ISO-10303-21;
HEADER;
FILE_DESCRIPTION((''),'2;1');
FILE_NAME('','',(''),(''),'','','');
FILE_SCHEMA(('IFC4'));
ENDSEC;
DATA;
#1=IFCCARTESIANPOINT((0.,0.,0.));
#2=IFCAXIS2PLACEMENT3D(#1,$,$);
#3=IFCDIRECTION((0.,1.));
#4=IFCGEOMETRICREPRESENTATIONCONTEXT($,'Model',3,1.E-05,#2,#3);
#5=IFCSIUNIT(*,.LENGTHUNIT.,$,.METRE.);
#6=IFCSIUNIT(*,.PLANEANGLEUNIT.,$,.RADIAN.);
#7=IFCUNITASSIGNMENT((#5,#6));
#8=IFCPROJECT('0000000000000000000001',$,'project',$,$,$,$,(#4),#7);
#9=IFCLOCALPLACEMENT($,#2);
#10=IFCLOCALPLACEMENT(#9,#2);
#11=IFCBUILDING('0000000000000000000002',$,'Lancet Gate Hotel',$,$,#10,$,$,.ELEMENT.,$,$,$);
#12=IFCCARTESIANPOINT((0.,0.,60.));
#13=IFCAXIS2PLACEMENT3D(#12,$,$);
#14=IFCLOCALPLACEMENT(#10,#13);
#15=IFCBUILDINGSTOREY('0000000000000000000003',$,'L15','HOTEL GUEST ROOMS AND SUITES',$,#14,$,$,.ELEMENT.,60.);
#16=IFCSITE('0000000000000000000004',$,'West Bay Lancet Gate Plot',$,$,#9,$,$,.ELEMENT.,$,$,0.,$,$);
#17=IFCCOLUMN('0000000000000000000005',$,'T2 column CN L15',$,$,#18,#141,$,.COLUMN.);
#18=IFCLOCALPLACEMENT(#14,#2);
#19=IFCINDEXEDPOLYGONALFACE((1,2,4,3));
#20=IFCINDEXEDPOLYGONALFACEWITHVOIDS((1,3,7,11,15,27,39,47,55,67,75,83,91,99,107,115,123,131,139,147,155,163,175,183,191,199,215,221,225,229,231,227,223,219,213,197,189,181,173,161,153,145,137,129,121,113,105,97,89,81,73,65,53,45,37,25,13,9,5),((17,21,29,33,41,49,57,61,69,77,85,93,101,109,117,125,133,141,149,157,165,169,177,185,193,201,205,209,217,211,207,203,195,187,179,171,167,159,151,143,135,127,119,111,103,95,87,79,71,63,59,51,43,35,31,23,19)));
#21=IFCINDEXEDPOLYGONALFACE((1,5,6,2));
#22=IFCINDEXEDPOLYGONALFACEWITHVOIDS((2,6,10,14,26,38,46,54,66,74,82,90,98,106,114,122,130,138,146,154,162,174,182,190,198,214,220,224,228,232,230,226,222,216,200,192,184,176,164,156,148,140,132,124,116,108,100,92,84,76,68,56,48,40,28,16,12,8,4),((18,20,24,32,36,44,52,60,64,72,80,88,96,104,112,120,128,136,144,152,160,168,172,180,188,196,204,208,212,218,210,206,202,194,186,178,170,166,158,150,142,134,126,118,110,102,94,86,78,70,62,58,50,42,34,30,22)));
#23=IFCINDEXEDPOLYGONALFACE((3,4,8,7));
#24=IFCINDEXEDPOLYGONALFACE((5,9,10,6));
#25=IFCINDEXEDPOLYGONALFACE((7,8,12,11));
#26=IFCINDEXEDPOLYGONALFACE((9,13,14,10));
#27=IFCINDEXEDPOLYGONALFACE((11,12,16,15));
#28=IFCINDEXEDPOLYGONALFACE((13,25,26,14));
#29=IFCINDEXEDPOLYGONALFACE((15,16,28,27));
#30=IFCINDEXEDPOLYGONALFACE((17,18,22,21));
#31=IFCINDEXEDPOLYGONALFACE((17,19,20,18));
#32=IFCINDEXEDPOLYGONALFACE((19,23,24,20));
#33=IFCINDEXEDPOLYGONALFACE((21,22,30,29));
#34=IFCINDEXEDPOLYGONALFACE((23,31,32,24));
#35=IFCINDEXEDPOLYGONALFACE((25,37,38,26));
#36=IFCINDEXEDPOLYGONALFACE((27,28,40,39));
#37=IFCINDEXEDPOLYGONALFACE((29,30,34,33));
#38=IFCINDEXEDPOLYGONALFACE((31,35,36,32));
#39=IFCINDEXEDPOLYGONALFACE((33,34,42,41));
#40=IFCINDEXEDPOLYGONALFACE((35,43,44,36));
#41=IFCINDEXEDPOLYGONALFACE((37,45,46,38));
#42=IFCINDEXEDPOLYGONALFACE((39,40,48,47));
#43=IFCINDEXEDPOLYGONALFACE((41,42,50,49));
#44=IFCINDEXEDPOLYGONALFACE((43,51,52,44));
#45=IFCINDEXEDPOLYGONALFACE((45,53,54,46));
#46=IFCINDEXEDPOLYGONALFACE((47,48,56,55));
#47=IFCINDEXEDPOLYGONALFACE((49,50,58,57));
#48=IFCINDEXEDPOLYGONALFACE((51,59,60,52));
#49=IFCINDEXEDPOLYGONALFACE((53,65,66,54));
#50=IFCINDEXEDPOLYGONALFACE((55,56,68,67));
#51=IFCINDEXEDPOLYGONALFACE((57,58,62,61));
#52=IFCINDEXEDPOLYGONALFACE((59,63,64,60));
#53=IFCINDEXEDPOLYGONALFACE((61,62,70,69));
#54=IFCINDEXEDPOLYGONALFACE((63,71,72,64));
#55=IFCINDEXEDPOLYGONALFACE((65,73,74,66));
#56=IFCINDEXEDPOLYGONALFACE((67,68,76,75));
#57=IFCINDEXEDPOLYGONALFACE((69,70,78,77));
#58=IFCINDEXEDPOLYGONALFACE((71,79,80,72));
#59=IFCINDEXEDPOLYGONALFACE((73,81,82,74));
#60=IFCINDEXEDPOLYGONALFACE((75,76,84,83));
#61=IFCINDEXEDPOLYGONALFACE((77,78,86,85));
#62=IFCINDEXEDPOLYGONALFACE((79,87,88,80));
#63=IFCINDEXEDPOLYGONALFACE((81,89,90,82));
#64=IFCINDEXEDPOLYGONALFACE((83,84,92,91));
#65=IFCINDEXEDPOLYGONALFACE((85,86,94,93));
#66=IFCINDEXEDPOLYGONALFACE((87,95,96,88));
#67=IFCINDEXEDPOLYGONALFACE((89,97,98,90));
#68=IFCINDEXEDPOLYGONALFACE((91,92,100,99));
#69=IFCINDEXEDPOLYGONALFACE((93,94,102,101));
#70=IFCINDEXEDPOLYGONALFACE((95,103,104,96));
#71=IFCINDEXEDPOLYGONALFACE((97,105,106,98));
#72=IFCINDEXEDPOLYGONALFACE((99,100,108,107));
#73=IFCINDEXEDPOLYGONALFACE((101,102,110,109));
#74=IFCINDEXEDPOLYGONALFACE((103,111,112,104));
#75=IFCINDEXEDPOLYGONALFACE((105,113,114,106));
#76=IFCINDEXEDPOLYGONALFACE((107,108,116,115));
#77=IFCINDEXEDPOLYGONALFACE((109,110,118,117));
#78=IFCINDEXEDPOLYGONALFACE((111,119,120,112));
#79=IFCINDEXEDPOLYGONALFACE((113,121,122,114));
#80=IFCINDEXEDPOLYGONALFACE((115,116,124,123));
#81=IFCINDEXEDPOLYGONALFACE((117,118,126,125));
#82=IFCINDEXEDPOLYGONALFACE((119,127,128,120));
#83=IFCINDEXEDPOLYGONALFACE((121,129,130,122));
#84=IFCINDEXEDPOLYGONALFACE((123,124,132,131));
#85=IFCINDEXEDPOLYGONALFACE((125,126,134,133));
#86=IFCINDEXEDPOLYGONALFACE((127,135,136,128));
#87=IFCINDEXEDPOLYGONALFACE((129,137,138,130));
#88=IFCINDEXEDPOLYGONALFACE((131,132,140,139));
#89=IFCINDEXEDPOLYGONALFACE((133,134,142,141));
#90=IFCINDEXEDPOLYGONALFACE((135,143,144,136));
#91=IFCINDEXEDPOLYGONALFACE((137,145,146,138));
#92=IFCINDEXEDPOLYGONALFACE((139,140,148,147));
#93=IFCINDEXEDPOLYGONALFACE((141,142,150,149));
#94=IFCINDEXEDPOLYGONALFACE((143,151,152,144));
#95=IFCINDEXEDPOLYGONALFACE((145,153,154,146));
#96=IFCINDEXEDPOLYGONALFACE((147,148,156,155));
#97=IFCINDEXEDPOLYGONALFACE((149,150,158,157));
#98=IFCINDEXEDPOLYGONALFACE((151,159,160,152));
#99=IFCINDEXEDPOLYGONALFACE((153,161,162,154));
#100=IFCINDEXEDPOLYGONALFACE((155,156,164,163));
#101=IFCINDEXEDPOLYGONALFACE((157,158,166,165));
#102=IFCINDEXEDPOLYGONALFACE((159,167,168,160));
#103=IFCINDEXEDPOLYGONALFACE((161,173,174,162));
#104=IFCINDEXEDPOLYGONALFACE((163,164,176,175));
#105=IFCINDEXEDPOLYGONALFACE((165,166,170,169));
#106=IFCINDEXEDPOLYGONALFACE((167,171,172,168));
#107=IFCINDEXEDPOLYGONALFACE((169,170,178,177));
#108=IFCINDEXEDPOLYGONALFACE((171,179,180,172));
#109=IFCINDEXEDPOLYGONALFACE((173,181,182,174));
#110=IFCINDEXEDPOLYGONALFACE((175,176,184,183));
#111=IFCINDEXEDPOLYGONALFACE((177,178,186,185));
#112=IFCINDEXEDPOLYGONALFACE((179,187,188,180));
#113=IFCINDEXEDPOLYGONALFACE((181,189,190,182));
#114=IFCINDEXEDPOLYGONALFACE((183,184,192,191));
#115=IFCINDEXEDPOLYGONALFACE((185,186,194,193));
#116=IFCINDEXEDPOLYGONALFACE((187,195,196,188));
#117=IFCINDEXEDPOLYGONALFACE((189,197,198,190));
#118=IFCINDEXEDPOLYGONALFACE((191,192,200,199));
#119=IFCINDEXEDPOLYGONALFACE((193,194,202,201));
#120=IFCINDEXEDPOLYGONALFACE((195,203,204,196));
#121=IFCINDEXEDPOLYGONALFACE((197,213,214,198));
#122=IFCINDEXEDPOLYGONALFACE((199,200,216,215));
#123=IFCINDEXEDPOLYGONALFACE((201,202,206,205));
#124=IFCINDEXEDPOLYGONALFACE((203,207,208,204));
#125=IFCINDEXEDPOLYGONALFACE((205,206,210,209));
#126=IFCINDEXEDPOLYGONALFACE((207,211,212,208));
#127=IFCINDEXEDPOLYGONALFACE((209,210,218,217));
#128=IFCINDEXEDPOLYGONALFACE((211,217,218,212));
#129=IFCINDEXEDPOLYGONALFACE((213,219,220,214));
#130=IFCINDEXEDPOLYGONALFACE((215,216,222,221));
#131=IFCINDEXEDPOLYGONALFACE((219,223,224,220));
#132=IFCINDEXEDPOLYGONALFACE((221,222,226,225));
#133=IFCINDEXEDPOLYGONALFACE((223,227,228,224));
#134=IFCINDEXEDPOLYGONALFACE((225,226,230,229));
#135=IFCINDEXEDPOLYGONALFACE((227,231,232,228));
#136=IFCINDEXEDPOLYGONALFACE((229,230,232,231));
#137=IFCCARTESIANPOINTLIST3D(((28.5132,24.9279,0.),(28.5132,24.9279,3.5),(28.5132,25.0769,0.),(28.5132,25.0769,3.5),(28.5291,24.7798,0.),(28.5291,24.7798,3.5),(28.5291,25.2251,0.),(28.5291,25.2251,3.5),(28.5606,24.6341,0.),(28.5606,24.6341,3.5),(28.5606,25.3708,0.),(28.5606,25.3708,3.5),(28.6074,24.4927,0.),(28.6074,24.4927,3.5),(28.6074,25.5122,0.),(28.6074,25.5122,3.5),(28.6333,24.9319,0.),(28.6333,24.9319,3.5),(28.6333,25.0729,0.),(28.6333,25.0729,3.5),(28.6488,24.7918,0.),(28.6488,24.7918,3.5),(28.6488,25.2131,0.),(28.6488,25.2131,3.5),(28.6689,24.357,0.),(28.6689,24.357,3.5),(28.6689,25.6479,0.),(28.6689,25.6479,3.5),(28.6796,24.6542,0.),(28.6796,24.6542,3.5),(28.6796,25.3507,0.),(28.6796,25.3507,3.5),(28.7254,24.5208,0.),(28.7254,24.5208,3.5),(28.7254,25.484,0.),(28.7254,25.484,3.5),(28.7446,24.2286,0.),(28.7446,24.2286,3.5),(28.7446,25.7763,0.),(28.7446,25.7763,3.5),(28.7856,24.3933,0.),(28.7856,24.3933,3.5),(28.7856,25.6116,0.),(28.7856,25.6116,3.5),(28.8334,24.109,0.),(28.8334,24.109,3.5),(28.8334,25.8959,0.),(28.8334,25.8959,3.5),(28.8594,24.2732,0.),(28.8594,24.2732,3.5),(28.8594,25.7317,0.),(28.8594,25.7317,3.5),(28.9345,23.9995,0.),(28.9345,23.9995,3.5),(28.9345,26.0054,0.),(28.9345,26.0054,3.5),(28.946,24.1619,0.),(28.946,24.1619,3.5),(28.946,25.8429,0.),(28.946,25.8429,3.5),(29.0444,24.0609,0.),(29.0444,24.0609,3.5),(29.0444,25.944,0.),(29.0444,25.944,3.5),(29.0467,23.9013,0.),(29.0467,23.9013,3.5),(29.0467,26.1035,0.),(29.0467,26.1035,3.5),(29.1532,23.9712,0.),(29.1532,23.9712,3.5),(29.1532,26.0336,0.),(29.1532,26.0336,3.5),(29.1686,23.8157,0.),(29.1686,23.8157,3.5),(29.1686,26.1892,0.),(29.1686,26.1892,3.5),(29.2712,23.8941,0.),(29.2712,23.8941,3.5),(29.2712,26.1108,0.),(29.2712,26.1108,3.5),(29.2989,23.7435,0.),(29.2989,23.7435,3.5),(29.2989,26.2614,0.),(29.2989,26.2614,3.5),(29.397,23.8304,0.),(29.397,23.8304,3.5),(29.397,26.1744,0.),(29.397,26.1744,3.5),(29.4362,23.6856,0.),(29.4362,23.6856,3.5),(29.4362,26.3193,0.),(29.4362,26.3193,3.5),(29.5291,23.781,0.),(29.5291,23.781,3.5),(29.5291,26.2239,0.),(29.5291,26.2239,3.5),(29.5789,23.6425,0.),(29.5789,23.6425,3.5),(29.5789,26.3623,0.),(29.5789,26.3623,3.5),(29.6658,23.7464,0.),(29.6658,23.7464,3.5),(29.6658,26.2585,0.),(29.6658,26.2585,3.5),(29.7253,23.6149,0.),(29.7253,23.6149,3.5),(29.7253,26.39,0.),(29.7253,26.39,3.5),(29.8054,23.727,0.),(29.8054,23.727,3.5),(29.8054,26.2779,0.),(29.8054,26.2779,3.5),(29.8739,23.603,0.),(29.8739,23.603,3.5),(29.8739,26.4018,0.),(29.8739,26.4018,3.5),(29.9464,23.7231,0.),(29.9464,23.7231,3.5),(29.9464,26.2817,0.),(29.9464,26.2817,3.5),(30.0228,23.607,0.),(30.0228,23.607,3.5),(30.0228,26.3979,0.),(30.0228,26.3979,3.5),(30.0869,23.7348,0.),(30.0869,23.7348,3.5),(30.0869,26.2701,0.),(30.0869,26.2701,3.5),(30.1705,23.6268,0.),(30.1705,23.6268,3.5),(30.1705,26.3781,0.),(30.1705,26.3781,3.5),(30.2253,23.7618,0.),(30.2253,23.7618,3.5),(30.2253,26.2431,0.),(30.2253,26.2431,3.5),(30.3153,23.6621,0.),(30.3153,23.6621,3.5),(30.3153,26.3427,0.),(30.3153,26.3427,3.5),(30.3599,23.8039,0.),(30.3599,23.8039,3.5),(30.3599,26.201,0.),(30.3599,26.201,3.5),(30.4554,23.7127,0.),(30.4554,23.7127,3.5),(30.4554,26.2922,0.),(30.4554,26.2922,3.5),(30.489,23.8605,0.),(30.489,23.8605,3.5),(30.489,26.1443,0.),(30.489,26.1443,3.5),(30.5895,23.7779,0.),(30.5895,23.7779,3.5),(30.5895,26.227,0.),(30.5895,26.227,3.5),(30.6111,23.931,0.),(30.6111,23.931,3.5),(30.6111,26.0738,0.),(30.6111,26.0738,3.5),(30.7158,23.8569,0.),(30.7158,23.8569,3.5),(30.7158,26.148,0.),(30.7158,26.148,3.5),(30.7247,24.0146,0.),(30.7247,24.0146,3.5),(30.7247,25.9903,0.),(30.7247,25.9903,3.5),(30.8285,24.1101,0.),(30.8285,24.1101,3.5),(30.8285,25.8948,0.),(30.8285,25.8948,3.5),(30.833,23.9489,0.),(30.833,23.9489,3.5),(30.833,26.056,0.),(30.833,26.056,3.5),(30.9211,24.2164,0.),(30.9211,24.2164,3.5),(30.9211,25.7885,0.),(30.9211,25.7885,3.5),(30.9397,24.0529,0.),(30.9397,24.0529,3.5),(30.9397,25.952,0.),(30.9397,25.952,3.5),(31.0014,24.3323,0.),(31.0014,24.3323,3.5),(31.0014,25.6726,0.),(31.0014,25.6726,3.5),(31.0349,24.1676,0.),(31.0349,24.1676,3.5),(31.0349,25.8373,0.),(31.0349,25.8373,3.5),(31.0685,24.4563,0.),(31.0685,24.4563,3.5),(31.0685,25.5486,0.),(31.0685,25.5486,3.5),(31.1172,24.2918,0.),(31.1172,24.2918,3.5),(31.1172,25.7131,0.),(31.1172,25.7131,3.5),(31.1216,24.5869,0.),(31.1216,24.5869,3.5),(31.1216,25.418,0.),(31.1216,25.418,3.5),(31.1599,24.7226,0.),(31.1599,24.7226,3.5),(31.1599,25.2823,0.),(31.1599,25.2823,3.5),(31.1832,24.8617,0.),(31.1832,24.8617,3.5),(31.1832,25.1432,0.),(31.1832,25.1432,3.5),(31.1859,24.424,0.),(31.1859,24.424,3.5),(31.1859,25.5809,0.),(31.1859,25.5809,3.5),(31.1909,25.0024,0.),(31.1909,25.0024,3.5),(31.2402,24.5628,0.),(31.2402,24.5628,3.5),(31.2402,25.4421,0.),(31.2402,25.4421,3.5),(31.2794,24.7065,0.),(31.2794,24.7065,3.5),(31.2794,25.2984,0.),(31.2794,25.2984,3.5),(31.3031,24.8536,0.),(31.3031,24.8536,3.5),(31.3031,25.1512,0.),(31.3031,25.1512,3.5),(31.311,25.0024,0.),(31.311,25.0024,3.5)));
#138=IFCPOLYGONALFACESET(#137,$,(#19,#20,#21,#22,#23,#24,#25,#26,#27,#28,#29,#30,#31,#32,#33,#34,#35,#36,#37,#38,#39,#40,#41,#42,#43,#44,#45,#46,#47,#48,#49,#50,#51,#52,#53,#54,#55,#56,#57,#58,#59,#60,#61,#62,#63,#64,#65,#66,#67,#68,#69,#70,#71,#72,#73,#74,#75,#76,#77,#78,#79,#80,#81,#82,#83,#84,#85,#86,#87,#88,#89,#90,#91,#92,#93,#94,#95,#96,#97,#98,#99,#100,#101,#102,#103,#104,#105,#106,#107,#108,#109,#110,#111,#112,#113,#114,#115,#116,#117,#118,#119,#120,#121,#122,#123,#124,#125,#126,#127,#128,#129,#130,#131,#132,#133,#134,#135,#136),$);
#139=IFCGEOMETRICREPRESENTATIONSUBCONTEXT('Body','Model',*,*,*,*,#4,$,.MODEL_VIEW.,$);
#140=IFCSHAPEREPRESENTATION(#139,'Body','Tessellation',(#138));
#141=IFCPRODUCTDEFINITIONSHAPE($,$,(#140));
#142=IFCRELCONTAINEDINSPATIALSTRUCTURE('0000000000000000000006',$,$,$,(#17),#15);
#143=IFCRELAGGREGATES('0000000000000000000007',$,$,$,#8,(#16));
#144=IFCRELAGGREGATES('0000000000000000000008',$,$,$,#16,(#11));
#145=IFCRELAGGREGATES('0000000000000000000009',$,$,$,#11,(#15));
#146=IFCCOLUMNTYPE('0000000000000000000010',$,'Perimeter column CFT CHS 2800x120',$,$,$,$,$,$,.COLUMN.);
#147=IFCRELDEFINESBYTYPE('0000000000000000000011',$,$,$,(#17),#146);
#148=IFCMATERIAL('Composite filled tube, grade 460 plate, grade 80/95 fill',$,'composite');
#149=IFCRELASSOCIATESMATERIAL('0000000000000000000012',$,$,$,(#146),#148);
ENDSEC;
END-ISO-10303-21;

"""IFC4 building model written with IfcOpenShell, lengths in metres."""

from ifc_helpers import new_model, si_unit, direction, frame, origin, origin_2d, place, context, subcontext, project, spatial, hollow_circle, extrude, material, material_profile, profile_set, type_object, element, save


model = new_model("IFC4")

# Units and contexts
model_context = context("Model", 3, precision=1e-05, world=origin(), true_north=direction((0.0, 1.0)))
body_context = subcontext(model_context, "Body", "Model", "MODEL_VIEW")
ifc_project = project(units=[si_unit("LENGTHUNIT", "METRE"), si_unit("PLANEANGLEUNIT", "RADIAN")], contexts=[model_context])

# Site, building, storey
site_placement = place(None, origin())
site = spatial("IfcSite", under=ifc_project, at=site_placement, Name="West Bay Lancet Gate Plot", CompositionType="ELEMENT", RefElevation=0.0)
building_placement = place(site_placement, origin())
building = spatial("IfcBuilding", under=site, at=building_placement, Name="Lancet Gate Hotel", CompositionType="ELEMENT")
storey_placement = place(building_placement, frame((0.0, 0.0, 60.0)))
storey = spatial("IfcBuildingStorey", under=building, at=storey_placement, Name="L15", Description="HOTEL GUEST ROOMS AND SUITES", CompositionType="ELEMENT", Elevation=60.0)

# Column
ifc_material_1 = material(Name="Composite filled tube, grade 460 plate, grade 80/95 fill", Category="composite")
ifc_material_profile_1 = material_profile(ifc_material_1, hollow_circle(Radius=1.3999, WallThickness=0.1201, at=origin_2d()), Name="CHS 2800x120")
ifc_profile_set_1 = profile_set([ifc_material_profile_1], Name="Composite filled tube, grade 460 plate, grade 80/95 fill")
column_type = type_object("IfcColumnType", Name="Perimeter column CFT CHS 2800x120", PredefinedType="COLUMN", material=ifc_profile_set_1)
for number, where, z_axis, x_axis, name in (
    (1, (29.9111, 25.0024, 0.0), (0.0, 0.0, 1.0), (1.0, 0.0, 0.0), "T2 column CN L15"),
):
    element("IfcColumn", number, at=place(storey_placement, frame(where, z_axis=z_axis, x_axis=x_axis)), inside=storey, type_object=column_type, Name=name, PredefinedType="COLUMN", context=body_context, shape_type="SweptSolid", body=[
        extrude(hollow_circle(Radius=1.3999, WallThickness=0.1201, at=origin_2d()), origin(), (0.0, 0.0, 1.0), 3.5),
    ])

save(model, "model.ifc")
